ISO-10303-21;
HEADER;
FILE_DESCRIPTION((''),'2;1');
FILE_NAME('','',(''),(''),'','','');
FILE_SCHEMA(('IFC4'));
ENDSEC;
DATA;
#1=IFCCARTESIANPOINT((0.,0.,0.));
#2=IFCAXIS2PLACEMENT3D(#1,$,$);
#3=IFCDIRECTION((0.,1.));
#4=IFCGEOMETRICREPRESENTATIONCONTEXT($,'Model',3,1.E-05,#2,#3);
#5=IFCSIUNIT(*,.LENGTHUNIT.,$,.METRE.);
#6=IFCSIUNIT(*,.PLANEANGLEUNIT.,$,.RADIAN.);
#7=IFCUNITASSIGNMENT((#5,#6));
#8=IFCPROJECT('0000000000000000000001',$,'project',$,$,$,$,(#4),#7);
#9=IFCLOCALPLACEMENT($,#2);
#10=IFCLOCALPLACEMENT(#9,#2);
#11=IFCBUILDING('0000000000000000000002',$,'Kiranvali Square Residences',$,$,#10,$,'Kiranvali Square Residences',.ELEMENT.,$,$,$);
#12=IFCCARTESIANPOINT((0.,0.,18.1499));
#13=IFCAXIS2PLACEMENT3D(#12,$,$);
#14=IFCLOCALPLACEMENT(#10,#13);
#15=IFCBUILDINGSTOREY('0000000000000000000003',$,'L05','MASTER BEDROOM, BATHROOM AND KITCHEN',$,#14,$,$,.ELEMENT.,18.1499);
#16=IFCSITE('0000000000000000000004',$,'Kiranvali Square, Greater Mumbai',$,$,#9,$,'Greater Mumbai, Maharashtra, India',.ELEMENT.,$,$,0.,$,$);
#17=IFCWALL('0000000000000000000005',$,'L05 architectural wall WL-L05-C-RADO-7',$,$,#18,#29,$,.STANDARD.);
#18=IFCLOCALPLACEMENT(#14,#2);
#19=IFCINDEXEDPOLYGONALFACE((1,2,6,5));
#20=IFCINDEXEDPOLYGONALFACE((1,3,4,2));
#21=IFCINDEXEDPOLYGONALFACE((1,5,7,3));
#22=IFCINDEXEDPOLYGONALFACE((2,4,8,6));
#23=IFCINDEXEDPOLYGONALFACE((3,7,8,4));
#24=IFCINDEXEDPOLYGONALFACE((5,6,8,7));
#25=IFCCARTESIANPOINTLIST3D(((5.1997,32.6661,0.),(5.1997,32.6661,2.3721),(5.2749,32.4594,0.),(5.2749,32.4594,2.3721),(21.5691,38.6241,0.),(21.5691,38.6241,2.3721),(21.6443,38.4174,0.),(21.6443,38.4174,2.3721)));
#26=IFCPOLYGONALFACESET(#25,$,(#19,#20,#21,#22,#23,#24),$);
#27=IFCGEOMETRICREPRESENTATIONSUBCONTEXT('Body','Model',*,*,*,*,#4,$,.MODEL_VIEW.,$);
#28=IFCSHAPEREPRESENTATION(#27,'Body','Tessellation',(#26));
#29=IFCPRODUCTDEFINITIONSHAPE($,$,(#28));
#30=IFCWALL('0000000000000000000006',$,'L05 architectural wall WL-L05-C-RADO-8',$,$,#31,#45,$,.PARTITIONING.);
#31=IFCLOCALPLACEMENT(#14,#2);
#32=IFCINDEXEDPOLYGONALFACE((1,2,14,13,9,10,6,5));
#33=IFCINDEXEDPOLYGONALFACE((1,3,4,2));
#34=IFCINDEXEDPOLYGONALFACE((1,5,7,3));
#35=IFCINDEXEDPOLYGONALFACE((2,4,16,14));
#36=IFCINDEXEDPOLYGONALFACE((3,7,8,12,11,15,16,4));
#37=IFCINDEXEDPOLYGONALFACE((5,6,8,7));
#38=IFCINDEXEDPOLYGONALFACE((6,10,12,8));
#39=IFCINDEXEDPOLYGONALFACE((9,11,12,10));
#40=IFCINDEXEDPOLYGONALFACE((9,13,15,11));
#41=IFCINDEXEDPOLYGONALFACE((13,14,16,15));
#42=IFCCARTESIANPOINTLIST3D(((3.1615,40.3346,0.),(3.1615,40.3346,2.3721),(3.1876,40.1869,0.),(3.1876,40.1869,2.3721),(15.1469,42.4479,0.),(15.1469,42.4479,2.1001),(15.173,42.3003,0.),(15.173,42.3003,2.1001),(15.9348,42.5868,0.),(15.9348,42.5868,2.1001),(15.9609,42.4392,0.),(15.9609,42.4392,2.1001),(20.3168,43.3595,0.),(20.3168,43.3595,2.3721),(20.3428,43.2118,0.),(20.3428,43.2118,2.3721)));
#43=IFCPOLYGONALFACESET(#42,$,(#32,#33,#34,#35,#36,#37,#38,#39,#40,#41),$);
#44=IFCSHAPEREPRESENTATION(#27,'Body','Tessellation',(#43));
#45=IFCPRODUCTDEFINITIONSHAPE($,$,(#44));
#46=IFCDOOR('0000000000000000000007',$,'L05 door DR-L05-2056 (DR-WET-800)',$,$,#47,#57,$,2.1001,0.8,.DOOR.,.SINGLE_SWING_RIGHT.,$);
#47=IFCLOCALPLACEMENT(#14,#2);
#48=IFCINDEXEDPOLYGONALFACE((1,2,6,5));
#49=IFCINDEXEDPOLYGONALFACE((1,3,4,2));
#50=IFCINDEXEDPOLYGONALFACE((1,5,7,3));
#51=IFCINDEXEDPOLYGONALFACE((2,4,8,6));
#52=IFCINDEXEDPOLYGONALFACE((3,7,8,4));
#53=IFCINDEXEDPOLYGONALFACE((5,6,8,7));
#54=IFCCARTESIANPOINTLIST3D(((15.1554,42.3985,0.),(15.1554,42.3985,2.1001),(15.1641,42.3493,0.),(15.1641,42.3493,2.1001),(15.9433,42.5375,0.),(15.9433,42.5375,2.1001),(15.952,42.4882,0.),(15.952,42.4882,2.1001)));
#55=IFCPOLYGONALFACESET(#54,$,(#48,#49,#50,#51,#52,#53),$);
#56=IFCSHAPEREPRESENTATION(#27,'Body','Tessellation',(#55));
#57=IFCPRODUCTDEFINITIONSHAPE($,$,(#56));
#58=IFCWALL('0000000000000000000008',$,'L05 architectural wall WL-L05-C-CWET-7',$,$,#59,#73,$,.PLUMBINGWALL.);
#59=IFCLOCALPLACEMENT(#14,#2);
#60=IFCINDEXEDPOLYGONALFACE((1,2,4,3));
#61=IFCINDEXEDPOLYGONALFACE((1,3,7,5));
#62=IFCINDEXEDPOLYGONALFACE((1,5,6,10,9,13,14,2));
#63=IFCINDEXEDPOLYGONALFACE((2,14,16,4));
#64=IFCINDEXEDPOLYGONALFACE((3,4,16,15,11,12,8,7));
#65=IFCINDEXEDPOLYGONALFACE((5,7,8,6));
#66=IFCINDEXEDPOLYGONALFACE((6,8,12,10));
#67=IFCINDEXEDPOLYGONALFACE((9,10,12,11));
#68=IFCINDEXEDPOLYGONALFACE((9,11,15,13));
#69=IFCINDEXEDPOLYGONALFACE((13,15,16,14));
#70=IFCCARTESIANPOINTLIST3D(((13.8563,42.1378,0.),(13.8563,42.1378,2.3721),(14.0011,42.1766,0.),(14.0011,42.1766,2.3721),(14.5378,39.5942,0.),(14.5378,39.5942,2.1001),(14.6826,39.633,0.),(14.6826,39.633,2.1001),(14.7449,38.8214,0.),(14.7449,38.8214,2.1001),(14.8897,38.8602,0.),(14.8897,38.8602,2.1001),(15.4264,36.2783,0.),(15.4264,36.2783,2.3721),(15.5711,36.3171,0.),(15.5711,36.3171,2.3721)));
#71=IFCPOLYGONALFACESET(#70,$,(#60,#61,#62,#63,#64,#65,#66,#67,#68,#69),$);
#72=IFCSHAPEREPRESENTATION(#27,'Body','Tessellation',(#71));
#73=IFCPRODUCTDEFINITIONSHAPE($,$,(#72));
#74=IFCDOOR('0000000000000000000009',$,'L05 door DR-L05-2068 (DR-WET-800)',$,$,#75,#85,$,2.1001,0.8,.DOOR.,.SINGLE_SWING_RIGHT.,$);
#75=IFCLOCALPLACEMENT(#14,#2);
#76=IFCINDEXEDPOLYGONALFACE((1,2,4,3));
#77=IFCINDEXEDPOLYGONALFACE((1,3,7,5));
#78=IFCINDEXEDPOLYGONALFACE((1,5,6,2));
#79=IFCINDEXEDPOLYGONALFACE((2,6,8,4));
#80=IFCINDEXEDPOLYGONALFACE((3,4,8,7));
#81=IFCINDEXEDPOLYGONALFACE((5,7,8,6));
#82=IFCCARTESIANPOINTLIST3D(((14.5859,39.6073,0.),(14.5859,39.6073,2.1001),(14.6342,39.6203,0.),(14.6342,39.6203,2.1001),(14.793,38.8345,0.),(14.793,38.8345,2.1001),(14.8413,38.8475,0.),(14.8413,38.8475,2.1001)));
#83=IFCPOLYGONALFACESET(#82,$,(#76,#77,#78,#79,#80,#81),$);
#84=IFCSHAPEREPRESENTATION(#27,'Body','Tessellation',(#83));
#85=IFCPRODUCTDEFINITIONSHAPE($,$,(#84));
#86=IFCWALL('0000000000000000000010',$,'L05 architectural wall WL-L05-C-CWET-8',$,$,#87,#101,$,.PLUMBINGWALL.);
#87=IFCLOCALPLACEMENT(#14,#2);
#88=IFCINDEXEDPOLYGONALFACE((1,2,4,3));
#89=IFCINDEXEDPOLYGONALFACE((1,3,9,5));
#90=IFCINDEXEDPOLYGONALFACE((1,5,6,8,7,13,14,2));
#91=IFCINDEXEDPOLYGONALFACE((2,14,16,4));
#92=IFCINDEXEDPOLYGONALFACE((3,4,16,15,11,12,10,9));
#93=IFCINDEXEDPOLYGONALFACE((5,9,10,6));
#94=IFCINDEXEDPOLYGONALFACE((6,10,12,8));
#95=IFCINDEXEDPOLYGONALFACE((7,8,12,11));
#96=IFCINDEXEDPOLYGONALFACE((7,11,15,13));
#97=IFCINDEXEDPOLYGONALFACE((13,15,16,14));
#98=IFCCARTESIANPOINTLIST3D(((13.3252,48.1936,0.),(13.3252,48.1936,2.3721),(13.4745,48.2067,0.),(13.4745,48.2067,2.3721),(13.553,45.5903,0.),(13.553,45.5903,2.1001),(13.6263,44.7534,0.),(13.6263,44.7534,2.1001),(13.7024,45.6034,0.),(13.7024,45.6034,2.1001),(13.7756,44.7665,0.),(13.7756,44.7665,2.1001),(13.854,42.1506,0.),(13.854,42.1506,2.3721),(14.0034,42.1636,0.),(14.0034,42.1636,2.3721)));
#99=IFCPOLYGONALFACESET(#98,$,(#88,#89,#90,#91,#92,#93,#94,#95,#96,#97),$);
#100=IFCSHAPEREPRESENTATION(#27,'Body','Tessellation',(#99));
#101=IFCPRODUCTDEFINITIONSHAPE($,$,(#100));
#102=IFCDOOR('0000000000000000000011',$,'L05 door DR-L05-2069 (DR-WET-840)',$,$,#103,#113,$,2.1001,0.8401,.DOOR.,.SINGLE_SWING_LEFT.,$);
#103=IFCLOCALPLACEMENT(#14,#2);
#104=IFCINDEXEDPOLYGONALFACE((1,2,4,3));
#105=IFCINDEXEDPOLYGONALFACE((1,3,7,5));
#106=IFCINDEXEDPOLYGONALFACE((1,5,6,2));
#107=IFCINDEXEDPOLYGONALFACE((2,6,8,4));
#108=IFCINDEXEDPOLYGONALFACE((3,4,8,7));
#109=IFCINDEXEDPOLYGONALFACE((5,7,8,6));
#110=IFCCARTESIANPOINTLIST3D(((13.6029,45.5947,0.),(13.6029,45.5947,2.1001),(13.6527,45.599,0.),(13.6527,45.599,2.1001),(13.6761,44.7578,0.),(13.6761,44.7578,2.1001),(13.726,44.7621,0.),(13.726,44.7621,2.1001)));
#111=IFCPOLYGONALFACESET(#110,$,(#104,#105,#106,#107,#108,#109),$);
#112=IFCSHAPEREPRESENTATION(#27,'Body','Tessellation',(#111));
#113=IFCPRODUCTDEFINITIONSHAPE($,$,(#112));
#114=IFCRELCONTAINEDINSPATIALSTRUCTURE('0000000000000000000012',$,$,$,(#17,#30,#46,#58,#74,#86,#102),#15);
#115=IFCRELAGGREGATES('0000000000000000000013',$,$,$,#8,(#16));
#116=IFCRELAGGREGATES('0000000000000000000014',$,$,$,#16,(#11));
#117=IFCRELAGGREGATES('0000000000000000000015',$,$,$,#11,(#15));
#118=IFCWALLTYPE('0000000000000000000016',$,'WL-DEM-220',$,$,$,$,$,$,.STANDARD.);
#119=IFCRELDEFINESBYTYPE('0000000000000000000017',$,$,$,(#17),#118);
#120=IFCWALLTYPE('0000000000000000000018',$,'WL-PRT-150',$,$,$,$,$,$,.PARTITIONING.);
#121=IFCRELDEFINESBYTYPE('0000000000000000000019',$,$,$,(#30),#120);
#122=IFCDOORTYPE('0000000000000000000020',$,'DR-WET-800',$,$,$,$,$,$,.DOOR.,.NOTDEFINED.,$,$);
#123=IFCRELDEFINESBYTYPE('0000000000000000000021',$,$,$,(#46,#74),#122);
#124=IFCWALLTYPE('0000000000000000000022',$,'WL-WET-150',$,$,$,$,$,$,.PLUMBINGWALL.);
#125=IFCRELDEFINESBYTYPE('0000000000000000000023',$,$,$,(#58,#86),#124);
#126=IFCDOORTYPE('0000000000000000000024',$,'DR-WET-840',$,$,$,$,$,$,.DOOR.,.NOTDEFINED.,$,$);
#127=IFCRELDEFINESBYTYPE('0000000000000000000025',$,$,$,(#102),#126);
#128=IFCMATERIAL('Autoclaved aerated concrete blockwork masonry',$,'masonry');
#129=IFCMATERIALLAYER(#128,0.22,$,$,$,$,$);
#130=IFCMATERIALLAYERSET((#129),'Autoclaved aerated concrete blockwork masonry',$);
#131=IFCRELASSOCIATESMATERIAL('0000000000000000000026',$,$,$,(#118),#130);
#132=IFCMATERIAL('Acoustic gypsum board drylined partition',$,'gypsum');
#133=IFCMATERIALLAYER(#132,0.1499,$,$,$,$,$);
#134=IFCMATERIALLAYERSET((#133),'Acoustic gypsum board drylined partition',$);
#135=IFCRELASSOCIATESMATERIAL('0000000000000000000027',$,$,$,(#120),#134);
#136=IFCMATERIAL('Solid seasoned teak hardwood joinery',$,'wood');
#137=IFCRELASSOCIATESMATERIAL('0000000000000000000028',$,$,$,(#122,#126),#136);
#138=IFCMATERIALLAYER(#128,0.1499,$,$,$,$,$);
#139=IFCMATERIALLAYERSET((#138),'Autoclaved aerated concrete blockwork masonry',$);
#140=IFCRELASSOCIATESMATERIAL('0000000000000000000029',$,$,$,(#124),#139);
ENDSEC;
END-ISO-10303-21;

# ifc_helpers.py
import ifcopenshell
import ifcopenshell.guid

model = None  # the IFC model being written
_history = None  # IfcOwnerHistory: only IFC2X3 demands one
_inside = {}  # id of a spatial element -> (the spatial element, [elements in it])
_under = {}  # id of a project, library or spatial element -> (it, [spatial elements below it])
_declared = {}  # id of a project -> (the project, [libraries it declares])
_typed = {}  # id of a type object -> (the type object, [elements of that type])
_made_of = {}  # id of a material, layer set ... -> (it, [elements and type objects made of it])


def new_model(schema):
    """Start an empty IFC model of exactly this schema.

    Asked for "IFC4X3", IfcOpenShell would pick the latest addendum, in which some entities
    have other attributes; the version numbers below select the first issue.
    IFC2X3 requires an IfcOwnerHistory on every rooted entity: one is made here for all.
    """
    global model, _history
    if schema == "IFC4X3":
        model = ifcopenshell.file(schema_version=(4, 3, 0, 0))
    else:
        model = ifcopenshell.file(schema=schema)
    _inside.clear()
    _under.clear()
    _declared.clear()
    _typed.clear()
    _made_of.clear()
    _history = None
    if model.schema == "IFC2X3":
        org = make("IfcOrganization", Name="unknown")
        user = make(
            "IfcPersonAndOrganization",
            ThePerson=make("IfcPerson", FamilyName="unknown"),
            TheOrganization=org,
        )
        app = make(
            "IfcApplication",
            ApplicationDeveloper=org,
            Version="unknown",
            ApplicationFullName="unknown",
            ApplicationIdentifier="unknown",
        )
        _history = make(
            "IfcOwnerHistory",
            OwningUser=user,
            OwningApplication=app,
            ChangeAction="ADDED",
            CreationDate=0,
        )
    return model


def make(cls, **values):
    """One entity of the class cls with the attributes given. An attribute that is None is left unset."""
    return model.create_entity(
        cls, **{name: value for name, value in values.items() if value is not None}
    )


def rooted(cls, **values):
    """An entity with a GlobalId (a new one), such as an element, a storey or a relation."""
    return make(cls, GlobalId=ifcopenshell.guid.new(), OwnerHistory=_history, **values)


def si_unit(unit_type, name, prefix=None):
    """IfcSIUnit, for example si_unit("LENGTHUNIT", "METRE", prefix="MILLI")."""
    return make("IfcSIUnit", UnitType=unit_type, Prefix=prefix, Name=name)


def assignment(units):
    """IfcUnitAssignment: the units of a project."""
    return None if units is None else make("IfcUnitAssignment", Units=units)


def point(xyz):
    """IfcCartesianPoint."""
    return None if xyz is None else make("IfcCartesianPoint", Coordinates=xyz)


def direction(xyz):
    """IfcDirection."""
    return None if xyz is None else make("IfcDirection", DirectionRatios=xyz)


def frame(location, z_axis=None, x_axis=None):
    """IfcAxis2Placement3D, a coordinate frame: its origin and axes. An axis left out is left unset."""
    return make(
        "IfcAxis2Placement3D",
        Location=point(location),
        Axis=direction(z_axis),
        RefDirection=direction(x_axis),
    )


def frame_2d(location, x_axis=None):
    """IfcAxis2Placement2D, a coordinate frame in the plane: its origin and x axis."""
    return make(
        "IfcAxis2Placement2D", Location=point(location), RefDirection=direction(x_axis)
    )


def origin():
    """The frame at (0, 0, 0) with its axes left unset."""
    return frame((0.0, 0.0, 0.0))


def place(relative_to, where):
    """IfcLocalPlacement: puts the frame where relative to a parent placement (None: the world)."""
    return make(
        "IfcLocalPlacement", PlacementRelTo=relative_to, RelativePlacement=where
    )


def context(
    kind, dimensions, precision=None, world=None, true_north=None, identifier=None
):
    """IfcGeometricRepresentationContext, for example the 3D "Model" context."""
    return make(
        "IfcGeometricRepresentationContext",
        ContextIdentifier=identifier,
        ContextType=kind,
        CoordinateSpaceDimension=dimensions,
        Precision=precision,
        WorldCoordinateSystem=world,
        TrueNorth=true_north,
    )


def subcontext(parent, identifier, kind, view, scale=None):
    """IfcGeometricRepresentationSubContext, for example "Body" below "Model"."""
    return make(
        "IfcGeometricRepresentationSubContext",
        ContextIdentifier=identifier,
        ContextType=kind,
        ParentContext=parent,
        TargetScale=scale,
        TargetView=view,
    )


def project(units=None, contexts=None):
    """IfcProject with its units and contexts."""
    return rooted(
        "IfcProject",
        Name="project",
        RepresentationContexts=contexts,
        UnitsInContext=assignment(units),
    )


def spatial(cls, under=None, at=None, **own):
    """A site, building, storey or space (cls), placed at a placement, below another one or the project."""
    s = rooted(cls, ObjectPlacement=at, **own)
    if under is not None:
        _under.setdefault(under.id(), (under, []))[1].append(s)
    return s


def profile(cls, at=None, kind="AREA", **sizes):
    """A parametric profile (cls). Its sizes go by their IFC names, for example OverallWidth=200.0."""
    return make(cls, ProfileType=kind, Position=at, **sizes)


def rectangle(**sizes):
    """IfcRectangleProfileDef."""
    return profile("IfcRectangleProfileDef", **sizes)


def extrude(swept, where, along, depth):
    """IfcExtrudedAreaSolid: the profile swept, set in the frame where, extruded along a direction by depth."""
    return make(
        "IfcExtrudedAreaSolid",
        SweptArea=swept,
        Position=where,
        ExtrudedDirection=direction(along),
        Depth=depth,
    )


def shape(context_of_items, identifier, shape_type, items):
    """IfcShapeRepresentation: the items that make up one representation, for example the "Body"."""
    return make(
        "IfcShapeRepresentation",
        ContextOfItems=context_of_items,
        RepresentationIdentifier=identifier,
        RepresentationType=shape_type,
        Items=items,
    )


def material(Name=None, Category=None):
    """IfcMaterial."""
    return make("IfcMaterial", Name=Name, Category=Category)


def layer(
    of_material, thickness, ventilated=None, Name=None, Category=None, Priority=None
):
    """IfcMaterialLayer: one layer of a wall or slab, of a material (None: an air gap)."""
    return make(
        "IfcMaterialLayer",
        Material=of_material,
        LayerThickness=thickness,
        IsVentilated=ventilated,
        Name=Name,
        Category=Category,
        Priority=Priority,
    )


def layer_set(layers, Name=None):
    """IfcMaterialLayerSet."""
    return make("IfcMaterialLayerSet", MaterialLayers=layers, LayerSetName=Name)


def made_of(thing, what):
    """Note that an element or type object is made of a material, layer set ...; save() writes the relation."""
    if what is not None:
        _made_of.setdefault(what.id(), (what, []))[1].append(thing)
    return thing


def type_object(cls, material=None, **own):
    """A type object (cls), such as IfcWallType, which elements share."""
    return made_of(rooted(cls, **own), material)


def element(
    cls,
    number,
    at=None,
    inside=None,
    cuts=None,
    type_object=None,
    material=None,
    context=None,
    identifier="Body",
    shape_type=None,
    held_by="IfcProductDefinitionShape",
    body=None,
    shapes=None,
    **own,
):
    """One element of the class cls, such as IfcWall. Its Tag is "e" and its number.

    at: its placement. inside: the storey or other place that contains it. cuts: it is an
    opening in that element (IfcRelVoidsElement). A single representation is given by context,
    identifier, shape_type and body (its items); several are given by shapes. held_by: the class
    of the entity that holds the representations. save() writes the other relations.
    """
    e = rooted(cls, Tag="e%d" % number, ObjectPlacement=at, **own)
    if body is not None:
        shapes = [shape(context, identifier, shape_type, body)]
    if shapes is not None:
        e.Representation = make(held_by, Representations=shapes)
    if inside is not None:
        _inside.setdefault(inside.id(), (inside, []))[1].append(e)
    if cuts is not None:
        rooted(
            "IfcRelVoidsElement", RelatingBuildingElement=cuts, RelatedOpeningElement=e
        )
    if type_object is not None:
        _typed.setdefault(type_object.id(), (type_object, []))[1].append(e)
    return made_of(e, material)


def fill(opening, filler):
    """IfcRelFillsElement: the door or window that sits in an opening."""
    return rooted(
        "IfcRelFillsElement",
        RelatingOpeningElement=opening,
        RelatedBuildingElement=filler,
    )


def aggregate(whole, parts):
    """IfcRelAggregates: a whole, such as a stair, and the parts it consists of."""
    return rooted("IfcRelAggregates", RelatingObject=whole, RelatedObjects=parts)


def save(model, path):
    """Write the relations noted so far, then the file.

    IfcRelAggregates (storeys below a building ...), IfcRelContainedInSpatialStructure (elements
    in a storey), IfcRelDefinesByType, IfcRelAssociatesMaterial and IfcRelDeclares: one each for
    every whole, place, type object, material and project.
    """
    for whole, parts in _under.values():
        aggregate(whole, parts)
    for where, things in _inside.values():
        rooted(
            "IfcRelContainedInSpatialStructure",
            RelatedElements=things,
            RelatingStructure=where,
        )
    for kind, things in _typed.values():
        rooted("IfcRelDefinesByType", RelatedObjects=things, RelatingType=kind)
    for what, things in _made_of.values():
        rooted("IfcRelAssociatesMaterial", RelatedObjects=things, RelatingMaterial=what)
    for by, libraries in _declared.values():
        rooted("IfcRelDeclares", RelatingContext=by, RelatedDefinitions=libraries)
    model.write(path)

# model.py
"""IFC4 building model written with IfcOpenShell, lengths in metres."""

from ifc_helpers import new_model, si_unit, direction, frame, frame_2d, origin, place, context, subcontext, project, spatial, rectangle, extrude, material, layer, layer_set, type_object, element, fill, save


model = new_model("IFC4")

# Units and contexts
model_context = context("Model", 3, precision=1e-05, world=origin(), true_north=direction((0.0, 1.0)))
body_context = subcontext(model_context, "Body", "Model", "MODEL_VIEW")
ifc_project = project(units=[si_unit("LENGTHUNIT", "METRE"), si_unit("PLANEANGLEUNIT", "RADIAN")], contexts=[model_context])

# Site, building, storey
site_placement = place(None, origin())
site = spatial("IfcSite", under=ifc_project, at=site_placement, Name="Kiranvali Square, Greater Mumbai", LongName="Greater Mumbai, Maharashtra, India", CompositionType="ELEMENT", RefElevation=0.0)
building_placement = place(site_placement, origin())
building = spatial("IfcBuilding", under=site, at=building_placement, Name="Kiranvali Square Residences", LongName="Kiranvali Square Residences", CompositionType="ELEMENT")
storey_placement = place(building_placement, frame((0.0, 0.0, 18.1499)))
storey = spatial("IfcBuildingStorey", under=building, at=storey_placement, Name="L05", Description="MASTER BEDROOM, BATHROOM AND KITCHEN", CompositionType="ELEMENT", Elevation=18.1499)

# Wall
ifc_material_1 = material(Name="Autoclaved aerated concrete blockwork masonry", Category="masonry")
ifc_layer_1 = layer(ifc_material_1, 0.22)
ifc_layer_set_1 = layer_set([ifc_layer_1], Name="Autoclaved aerated concrete blockwork masonry")
wall_type_1 = type_object("IfcWallType", Name="WL-DEM-220", PredefinedType="STANDARD", material=ifc_layer_set_1)
wall_1_placement = place(storey_placement, frame((21.6067, 38.5208, 0.0), z_axis=(0.0, 0.0, 1.0), x_axis=(-0.939692, -0.342022, 0.0)))
element("IfcWall", 1, at=wall_1_placement, inside=storey, type_object=wall_type_1, Name="L05 architectural wall WL-L05-C-RADO-7", PredefinedType="STANDARD", context=body_context, shape_type="SweptSolid", body=[
    extrude(rectangle(XDim=17.4199, YDim=0.22, at=frame_2d((8.71, 0.0))), origin(), (0.0, 0.0, 1.0), 2.3721),
])

# Walls, openings, doors
ifc_material_2 = material(Name="Acoustic gypsum board drylined partition", Category="gypsum")
ifc_layer_2 = layer(ifc_material_2, 0.1499)
ifc_layer_set_2 = layer_set([ifc_layer_2], Name="Acoustic gypsum board drylined partition")
wall_type_2 = type_object("IfcWallType", Name="WL-PRT-150", PredefinedType="PARTITIONING", material=ifc_layer_set_2)
wall_2_placement = place(storey_placement, frame((20.3298, 43.2856, 0.0), z_axis=(0.0, 0.0, 1.0), x_axis=(-0.984808, -0.173646, 0.0)))
wall_2 = element("IfcWall", 2, at=wall_2_placement, inside=storey, type_object=wall_type_2, Name="L05 architectural wall WL-L05-C-RADO-8", PredefinedType="PARTITIONING", context=body_context, shape_type="SweptSolid", body=[
    extrude(rectangle(XDim=17.4199, YDim=0.1499, at=frame_2d((8.71, 0.0))), origin(), (0.0, 0.0, 1.0), 2.3721),
])
opening_1_placement = place(wall_2_placement, frame((4.4497, 0.0, 0.0)))
opening_1 = element("IfcOpeningElement", 3, at=opening_1_placement, cuts=wall_2, PredefinedType="OPENING", context=body_context, shape_type="SweptSolid", body=[
    extrude(rectangle(XDim=0.8, YDim=2.1001, at=frame_2d((0.3999, 1.05))), frame((0.0, 0.085, 0.0), z_axis=(0.0, -1.0, 0.0), x_axis=(1.0, 0.0, 0.0)), (0.0, 0.0, 1.0), 0.1699),
])
ifc_material_3 = material(Name="Solid seasoned teak hardwood joinery", Category="wood")
door_type_1 = type_object("IfcDoorType", Name="DR-WET-800", OperationType="NOTDEFINED", PredefinedType="DOOR", material=ifc_material_3)
door_1_placement = place(opening_1_placement, frame((0.8, 0.0, 0.0), z_axis=(0.0, 0.0, 1.0), x_axis=(-1.0, 0.0, 0.0)))
door_1 = element("IfcDoor", 4, at=door_1_placement, inside=storey, type_object=door_type_1, Name="L05 door DR-L05-2056 (DR-WET-800)", OperationType="SINGLE_SWING_RIGHT", OverallHeight=2.1001, OverallWidth=0.8, PredefinedType="DOOR", context=body_context, shape_type="SweptSolid", body=[
    extrude(rectangle(XDim=0.8, YDim=2.1001, at=frame_2d((0.3999, 1.05))), frame((0.0, 0.0249, 0.0), z_axis=(0.0, -1.0, 0.0), x_axis=(1.0, 0.0, 0.0)), (0.0, 0.0, 1.0), 0.05),
])
fill(opening_1, door_1)
ifc_layer_3 = layer(ifc_material_1, 0.1499)
ifc_layer_set_3 = layer_set([ifc_layer_3], Name="Autoclaved aerated concrete blockwork masonry")
wall_type_3 = type_object("IfcWallType", Name="WL-WET-150", PredefinedType="PLUMBINGWALL", material=ifc_layer_set_3)
wall_3_placement = place(storey_placement, frame((15.4988, 36.2976, 0.0), z_axis=(0.0, 0.0, 1.0), x_axis=(-0.258827, 0.965924, 0.0)))
wall_3 = element("IfcWall", 5, at=wall_3_placement, inside=storey, type_object=wall_type_3, Name="L05 architectural wall WL-L05-C-CWET-7", PredefinedType="PLUMBINGWALL", context=body_context, shape_type="SweptSolid", body=[
    extrude(rectangle(XDim=6.0662, YDim=0.1499, at=frame_2d((3.0332, 0.0))), origin(), (0.0, 0.0, 1.0), 2.3721),
])
opening_2_placement = place(wall_3_placement, frame((2.6331, 0.0, 0.0)))
opening_2 = element("IfcOpeningElement", 6, at=opening_2_placement, cuts=wall_3, PredefinedType="OPENING", context=body_context, shape_type="SweptSolid", body=[
    extrude(rectangle(XDim=0.8, YDim=2.1001, at=frame_2d((0.3999, 1.05))), frame((0.0, 0.085, 0.0), z_axis=(0.0, -1.0, 0.0), x_axis=(1.0, 0.0, 0.0)), (0.0, 0.0, 1.0), 0.1699),
])
door_2_placement = place(opening_2_placement, frame((0.8, 0.0, 0.0), z_axis=(0.0, 0.0, 1.0), x_axis=(-1.0, 0.0, 0.0)))
door_2 = element("IfcDoor", 7, at=door_2_placement, inside=storey, type_object=door_type_1, Name="L05 door DR-L05-2068 (DR-WET-800)", OperationType="SINGLE_SWING_RIGHT", OverallHeight=2.1001, OverallWidth=0.8, PredefinedType="DOOR", context=body_context, shape_type="SweptSolid", body=[
    extrude(rectangle(XDim=0.8, YDim=2.1001, at=frame_2d((0.3999, 1.05))), frame((0.0, 0.0249, 0.0), z_axis=(0.0, -1.0, 0.0), x_axis=(1.0, 0.0, 0.0)), (0.0, 0.0, 1.0), 0.05),
])
fill(opening_2, door_2)
wall_4_placement = place(storey_placement, frame((13.9287, 42.157, 0.0), z_axis=(0.0, 0.0, 1.0), x_axis=(-0.087175, 0.996193, 0.0)))
wall_4 = element("IfcWall", 8, at=wall_4_placement, inside=storey, type_object=wall_type_3, Name="L05 architectural wall WL-L05-C-CWET-8", PredefinedType="PLUMBINGWALL", context=body_context, shape_type="SweptSolid", body=[
    extrude(rectangle(XDim=6.0662, YDim=0.1499, at=frame_2d((3.0332, 0.0))), origin(), (0.0, 0.0, 1.0), 2.3721),
])
opening_3_placement = place(wall_4_placement, frame((2.613, 0.0, 0.0)))
opening_3 = element("IfcOpeningElement", 9, at=opening_3_placement, cuts=wall_4, PredefinedType="OPENING", context=body_context, shape_type="SweptSolid", body=[
    extrude(rectangle(XDim=0.8401, YDim=2.1001, at=frame_2d((0.4199, 1.05))), frame((0.0, 0.085, 0.0), z_axis=(0.0, -1.0, 0.0), x_axis=(1.0, 0.0, 0.0)), (0.0, 0.0, 1.0), 0.1699),
])
door_type_2 = type_object("IfcDoorType", Name="DR-WET-840", OperationType="NOTDEFINED", PredefinedType="DOOR", material=ifc_material_3)
door_3_placement = place(opening_3_placement, origin())
door_3 = element("IfcDoor", 10, at=door_3_placement, inside=storey, type_object=door_type_2, Name="L05 door DR-L05-2069 (DR-WET-840)", OperationType="SINGLE_SWING_LEFT", OverallHeight=2.1001, OverallWidth=0.8401, PredefinedType="DOOR", context=body_context, shape_type="SweptSolid", body=[
    extrude(rectangle(XDim=0.8401, YDim=2.1001, at=frame_2d((0.4199, 1.05))), frame((0.0, 0.0249, 0.0), z_axis=(0.0, -1.0, 0.0), x_axis=(1.0, 0.0, 0.0)), (0.0, 0.0, 1.0), 0.05),
])
fill(opening_3, door_3)

save(model, "model.ifc")
